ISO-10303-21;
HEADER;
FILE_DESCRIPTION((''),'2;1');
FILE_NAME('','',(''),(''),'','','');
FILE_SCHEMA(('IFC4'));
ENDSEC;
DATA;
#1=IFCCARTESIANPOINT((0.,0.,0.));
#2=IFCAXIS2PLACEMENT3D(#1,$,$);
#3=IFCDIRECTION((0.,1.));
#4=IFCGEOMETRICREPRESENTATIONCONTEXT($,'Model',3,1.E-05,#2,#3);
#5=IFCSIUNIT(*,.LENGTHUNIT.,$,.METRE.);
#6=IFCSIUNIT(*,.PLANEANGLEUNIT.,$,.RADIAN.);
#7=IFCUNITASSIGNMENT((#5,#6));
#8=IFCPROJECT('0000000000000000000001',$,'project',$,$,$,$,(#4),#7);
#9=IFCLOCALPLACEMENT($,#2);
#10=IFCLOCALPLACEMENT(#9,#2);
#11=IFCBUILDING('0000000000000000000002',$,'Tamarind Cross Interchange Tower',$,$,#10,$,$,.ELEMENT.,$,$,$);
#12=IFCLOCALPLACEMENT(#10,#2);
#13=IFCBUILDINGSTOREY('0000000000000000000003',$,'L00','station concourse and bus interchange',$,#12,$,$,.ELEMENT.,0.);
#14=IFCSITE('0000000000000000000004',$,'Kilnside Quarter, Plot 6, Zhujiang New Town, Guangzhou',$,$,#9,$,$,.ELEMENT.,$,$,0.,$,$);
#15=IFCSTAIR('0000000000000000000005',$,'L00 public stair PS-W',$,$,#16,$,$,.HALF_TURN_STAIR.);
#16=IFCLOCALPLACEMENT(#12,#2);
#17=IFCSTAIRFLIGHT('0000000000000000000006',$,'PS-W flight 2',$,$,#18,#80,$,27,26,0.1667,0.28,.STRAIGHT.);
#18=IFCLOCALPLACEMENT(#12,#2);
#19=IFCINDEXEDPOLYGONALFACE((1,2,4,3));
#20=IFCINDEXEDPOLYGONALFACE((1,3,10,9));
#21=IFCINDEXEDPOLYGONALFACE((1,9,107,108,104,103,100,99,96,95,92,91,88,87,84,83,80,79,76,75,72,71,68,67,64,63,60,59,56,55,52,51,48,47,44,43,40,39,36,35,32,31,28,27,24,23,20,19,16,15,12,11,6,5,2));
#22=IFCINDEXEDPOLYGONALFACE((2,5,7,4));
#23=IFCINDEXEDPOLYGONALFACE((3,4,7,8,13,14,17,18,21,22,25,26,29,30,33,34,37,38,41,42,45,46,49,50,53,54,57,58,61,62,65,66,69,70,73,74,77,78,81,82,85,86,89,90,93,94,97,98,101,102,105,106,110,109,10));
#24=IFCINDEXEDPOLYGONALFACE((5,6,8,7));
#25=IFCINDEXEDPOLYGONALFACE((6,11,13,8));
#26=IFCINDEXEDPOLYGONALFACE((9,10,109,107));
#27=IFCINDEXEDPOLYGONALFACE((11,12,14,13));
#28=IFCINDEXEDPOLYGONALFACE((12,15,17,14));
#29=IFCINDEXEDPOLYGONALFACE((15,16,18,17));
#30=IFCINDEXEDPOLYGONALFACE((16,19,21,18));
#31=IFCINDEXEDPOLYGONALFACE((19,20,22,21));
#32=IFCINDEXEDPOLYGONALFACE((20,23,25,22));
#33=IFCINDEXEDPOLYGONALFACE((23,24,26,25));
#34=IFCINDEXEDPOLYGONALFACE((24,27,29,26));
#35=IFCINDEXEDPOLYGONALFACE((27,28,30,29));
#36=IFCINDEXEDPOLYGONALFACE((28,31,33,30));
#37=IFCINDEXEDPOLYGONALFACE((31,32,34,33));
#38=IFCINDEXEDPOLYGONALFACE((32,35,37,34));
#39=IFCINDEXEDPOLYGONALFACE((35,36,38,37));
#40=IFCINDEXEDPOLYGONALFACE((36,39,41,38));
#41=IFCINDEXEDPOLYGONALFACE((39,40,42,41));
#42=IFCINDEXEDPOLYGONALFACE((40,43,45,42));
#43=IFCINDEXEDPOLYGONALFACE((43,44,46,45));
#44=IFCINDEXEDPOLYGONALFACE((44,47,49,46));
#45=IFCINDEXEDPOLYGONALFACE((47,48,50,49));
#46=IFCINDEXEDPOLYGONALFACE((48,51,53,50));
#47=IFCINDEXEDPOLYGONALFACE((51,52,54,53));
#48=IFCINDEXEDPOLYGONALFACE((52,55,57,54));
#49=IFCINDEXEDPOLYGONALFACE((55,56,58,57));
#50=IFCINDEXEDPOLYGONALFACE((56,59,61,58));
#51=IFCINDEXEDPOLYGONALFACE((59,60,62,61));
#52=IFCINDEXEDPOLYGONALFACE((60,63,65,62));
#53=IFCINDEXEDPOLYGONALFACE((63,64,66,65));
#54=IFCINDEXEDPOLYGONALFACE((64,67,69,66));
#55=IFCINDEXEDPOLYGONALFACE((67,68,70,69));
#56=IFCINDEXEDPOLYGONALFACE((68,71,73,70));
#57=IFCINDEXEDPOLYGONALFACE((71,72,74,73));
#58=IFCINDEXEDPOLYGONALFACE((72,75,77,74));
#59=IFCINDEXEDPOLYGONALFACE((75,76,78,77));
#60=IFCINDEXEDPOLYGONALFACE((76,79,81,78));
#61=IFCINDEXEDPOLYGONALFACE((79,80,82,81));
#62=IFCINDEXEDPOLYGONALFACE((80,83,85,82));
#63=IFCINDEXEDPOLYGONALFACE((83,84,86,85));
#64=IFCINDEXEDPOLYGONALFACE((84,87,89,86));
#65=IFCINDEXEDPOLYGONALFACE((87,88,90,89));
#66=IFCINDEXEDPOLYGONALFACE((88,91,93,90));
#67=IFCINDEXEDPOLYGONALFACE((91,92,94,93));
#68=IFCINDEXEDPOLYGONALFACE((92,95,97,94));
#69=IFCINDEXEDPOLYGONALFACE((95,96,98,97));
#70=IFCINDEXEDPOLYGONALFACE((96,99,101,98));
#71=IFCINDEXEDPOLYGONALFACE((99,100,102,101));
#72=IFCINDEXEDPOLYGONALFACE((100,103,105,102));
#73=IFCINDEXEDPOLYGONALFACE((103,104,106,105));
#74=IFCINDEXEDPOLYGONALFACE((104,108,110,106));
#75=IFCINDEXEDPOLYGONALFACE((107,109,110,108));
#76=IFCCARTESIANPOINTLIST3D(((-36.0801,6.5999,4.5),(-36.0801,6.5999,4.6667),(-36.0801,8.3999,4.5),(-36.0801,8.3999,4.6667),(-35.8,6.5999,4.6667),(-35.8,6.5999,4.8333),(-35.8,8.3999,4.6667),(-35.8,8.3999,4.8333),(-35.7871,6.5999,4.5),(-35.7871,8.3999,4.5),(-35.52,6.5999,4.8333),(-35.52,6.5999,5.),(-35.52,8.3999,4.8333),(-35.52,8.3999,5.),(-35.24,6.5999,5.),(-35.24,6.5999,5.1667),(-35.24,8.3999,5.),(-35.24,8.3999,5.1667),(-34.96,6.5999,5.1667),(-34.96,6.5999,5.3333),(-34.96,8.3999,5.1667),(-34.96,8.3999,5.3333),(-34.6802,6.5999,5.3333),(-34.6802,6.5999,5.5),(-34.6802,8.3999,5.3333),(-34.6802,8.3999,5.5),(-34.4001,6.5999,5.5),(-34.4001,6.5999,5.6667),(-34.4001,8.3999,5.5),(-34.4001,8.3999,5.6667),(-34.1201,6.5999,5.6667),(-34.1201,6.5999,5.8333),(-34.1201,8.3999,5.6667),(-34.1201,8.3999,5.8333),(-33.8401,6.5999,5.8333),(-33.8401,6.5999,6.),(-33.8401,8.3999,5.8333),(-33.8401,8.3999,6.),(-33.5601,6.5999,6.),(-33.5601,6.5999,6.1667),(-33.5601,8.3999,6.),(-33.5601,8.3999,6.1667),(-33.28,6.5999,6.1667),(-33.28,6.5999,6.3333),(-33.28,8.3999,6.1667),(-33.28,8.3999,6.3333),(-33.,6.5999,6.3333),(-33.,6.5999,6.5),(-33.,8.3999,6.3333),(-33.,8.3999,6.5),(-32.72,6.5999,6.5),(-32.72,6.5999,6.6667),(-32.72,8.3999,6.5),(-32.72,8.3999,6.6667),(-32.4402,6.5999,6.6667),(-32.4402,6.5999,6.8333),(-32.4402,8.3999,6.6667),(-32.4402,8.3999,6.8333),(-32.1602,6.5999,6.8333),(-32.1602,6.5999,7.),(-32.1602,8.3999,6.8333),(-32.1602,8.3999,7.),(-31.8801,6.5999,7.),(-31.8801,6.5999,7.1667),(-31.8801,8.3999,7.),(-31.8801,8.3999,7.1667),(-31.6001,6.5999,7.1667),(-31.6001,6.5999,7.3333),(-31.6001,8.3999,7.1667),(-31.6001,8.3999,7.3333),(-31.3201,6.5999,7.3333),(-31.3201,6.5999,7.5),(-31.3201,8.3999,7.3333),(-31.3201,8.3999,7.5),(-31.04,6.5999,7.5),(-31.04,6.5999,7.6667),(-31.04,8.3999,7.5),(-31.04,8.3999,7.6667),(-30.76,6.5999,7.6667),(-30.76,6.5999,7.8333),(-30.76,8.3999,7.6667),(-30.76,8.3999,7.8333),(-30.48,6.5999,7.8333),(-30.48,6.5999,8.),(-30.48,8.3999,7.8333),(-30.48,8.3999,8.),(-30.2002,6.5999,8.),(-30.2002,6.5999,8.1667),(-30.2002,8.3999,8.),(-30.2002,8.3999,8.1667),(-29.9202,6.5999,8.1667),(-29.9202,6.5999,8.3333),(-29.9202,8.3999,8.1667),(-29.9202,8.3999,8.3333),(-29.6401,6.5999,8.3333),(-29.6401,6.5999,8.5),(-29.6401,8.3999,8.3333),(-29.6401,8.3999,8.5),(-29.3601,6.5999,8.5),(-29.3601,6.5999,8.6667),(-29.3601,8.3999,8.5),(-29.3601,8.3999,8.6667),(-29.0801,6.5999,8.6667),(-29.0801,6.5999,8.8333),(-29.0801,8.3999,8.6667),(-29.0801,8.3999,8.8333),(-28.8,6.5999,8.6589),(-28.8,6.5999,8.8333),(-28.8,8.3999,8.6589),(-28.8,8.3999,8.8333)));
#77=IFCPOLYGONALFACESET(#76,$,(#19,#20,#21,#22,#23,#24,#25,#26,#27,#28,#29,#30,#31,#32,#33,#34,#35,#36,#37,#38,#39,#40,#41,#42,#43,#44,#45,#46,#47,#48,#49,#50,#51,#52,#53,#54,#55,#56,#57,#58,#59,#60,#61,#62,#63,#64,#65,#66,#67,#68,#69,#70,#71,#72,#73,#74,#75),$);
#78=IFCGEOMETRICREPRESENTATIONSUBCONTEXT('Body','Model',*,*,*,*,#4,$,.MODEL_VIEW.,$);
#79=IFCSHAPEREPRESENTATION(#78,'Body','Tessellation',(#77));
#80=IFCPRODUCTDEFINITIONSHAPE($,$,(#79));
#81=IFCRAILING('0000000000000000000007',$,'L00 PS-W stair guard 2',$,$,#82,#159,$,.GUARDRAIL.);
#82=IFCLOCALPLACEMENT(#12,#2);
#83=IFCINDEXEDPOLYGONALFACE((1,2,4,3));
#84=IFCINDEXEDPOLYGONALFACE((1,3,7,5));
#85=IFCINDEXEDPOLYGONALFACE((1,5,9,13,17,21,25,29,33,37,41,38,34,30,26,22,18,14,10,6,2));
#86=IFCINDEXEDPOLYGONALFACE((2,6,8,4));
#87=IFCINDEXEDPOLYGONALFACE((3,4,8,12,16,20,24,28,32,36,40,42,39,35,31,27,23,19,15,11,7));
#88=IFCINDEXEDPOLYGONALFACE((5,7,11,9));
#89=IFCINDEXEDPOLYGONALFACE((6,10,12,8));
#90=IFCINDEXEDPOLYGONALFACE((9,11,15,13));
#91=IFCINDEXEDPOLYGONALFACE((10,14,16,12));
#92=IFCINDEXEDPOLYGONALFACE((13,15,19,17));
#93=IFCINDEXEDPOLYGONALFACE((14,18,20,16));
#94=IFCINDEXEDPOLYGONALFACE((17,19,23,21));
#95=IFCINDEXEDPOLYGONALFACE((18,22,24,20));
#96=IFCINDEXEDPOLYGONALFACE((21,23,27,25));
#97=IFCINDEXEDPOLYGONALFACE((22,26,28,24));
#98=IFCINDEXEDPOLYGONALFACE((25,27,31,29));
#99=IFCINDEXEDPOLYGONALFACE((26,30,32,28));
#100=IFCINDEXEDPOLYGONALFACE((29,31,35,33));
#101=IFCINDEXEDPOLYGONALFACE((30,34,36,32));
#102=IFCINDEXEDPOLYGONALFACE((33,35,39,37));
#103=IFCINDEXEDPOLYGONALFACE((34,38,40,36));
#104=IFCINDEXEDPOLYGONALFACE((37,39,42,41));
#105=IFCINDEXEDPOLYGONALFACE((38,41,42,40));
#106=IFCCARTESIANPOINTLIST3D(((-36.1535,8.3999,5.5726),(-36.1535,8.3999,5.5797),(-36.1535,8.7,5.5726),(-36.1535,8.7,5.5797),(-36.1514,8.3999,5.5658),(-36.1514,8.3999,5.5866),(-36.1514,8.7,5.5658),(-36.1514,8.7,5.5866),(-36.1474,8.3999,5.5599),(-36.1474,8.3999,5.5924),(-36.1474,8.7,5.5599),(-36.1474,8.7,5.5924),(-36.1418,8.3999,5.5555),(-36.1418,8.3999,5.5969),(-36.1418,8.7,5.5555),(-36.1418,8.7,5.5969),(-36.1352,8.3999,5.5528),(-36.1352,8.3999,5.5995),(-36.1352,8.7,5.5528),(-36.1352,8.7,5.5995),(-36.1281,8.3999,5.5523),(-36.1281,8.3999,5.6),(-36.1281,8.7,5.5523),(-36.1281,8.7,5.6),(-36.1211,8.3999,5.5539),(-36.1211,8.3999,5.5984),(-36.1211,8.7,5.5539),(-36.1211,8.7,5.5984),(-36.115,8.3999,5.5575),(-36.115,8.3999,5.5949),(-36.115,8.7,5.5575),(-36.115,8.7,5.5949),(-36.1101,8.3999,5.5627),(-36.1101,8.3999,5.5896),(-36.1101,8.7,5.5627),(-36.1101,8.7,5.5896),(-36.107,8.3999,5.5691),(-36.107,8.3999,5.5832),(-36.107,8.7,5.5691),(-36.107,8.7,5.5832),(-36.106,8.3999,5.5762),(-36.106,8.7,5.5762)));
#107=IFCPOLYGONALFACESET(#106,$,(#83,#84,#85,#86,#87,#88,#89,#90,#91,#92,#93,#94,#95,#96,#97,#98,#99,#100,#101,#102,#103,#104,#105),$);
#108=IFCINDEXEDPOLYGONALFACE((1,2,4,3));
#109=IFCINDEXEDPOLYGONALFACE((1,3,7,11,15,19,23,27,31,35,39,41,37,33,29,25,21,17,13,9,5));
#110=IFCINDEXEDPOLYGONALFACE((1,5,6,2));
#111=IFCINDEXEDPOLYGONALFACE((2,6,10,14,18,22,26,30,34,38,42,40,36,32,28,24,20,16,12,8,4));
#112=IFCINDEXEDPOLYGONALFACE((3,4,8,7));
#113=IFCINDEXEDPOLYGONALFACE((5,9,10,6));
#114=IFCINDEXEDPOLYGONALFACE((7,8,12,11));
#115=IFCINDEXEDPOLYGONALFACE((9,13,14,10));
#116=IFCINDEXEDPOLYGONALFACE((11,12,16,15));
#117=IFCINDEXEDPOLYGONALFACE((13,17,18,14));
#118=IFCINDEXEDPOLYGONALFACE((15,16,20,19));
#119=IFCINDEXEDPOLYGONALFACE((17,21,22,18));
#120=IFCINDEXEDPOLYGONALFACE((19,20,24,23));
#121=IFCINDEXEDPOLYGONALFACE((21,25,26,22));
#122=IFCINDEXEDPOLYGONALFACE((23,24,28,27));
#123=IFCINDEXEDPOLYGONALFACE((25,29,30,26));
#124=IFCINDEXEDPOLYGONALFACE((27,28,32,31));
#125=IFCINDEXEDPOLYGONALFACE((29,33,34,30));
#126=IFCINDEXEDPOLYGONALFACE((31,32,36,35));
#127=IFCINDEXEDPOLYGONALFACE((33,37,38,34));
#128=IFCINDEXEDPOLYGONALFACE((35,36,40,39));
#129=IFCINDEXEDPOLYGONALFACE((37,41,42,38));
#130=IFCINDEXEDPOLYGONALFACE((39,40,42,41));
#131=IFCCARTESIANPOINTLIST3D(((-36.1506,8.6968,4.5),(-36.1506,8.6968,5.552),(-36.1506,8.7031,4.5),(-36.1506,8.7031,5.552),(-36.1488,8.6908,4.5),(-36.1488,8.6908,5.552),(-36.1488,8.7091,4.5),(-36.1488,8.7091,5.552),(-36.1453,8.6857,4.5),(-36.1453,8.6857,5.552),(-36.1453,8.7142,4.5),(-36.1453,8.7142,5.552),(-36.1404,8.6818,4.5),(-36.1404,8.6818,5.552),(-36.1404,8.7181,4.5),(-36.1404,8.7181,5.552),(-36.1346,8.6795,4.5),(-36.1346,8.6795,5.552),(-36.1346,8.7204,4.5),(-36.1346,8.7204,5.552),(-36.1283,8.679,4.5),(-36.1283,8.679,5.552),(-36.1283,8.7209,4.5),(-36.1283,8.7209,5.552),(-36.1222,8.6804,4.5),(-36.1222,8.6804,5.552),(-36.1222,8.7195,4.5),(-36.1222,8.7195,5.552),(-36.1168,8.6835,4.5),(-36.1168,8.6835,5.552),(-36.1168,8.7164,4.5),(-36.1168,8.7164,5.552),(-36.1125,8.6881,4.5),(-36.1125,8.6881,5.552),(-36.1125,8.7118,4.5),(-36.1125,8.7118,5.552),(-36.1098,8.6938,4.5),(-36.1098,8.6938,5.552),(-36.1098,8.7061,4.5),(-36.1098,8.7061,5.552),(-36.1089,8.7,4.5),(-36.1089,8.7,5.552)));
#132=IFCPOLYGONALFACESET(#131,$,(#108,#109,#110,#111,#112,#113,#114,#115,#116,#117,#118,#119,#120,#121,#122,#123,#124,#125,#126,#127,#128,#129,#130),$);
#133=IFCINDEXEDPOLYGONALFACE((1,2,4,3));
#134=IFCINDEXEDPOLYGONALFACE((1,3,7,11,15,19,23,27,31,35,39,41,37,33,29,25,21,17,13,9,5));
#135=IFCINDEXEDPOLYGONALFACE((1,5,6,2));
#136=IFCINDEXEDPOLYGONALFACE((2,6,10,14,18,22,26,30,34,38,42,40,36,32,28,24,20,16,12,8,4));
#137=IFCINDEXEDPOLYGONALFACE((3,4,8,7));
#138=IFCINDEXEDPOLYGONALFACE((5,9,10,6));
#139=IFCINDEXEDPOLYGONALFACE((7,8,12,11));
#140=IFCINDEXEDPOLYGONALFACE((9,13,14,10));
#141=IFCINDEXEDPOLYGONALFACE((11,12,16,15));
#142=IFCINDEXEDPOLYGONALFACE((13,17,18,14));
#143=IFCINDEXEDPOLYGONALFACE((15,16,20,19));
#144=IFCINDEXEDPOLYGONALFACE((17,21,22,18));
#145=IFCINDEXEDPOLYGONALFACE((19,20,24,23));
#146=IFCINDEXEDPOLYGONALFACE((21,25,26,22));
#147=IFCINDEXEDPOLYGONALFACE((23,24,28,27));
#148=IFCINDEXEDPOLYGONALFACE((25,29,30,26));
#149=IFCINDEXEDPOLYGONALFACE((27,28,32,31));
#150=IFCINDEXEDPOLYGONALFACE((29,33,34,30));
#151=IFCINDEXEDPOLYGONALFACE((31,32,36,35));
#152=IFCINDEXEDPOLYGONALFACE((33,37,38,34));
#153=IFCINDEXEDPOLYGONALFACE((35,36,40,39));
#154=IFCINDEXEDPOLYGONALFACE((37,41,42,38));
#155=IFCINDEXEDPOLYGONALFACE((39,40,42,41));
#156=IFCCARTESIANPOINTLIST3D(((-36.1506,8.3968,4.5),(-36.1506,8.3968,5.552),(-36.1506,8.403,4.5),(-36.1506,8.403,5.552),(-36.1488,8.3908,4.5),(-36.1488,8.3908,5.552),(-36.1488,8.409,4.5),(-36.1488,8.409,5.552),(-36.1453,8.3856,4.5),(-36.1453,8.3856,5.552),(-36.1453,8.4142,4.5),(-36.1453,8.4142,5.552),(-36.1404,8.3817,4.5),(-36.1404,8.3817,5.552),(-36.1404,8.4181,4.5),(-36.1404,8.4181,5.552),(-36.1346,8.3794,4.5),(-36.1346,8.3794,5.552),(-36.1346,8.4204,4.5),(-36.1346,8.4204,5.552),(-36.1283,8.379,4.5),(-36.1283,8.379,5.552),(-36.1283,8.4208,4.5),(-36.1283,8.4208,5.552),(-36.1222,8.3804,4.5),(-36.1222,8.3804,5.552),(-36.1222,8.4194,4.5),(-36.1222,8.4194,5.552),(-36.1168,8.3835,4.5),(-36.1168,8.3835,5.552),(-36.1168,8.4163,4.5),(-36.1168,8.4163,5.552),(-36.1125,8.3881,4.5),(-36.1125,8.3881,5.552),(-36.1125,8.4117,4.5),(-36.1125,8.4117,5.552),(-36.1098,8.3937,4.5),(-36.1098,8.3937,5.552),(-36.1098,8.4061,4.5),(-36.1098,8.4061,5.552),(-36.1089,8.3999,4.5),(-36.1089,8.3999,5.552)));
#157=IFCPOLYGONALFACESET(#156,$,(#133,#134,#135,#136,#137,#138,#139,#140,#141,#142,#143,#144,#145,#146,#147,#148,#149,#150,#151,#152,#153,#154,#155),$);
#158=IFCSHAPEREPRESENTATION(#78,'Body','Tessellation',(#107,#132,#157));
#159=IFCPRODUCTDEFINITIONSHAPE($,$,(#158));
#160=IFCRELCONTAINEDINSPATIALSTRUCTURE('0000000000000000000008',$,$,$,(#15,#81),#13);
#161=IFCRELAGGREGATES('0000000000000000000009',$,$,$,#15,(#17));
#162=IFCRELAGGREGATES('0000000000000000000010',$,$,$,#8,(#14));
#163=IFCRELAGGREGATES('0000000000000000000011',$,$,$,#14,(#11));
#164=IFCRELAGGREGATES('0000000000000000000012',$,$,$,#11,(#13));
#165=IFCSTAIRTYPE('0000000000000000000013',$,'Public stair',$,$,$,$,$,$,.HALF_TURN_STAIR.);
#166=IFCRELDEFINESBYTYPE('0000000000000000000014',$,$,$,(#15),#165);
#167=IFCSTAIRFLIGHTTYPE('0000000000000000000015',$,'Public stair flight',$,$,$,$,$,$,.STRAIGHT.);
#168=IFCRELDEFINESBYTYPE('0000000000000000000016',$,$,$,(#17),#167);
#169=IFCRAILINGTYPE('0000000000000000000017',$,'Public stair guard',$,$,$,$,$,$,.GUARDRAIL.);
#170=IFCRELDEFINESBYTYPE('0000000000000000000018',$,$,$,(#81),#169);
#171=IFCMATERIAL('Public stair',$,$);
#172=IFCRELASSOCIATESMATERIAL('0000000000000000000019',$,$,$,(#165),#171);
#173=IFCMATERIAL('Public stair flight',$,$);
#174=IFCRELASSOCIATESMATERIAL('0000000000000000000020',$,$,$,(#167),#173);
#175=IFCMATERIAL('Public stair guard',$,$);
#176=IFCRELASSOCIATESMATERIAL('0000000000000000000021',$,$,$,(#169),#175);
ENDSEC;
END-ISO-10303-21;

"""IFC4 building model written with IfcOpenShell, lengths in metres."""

from ifc_helpers import new_model, si_unit, direction, frame, origin, origin_2d, place, context, subcontext, project, spatial, polyline, circle, outline, extrude, material, type_object, element, aggregate, save


model = new_model("IFC4")

# Units and contexts
model_context = context("Model", 3, precision=1e-05, world=origin(), true_north=direction((0.0, 1.0)))
body_context = subcontext(model_context, "Body", "Model", "MODEL_VIEW")
ifc_project = project(units=[si_unit("LENGTHUNIT", "METRE"), si_unit("PLANEANGLEUNIT", "RADIAN")], contexts=[model_context])

# Site, building, storey
site_placement = place(None, origin())
site = spatial("IfcSite", under=ifc_project, at=site_placement, Name="Kilnside Quarter, Plot 6, Zhujiang New Town, Guangzhou", CompositionType="ELEMENT", RefElevation=0.0)
building_placement = place(site_placement, origin())
building = spatial("IfcBuilding", under=site, at=building_placement, Name="Tamarind Cross Interchange Tower", CompositionType="ELEMENT")
storey_placement = place(building_placement, origin())
storey = spatial("IfcBuildingStorey", under=building, at=storey_placement, Name="L00", Description="station concourse and bus interchange", CompositionType="ELEMENT", Elevation=0.0)

# Stair, stair flight
ifc_material_1 = material(Name="Public stair")
stair_type_1 = type_object("IfcStairType", Name="Public stair", PredefinedType="HALF_TURN_STAIR", material=ifc_material_1)
stair_1_placement = place(storey_placement, origin())
stair_1 = element("IfcStair", 1, at=stair_1_placement, inside=storey, type_object=stair_type_1, Name="L00 public stair PS-W", PredefinedType="HALF_TURN_STAIR")
ifc_material_2 = material(Name="Public stair flight")
stair_flight_type_1 = type_object("IfcStairFlightType", Name="Public stair flight", PredefinedType="STRAIGHT", material=ifc_material_2)
stair_flight_1_placement = place(storey_placement, frame((-36.0801, 7.5, 4.5), z_axis=(0.0, 0.0, 1.0), x_axis=(1.0, 0.0, 0.0)))
stair_flight_1 = element("IfcStairFlight", 2, at=stair_flight_1_placement, type_object=stair_flight_type_1, Name="PS-W flight 2", NumberOfRisers=27, NumberOfTreads=26, PredefinedType="STRAIGHT", RiserHeight=0.1667, TreadLength=0.28, context=body_context, shape_type="SweptSolid", body=[
    extrude(outline(polyline([(0.0, 0.0), (0.0, 0.1667), (0.28, 0.1667), (0.28, 0.3333), (0.5601, 0.3333), (0.5601, 0.5), (0.8401, 0.5), (0.8401, 0.6667), (1.1201, 0.6667), (1.1201, 0.8333), (1.3999, 0.8333), (1.3999, 1.0), (1.6799, 1.0), (1.6799, 1.1667), (1.96, 1.1667), (1.96, 1.3333), (2.24, 1.3333), (2.24, 1.5), (2.52, 1.5), (2.52, 1.6667), (2.8, 1.6667), (2.8, 1.8333), (3.0801, 1.8333), (3.0801, 2.0), (3.3601, 2.0), (3.3601, 2.1667), (3.6399, 2.1667), (3.6399, 2.3333), (3.9199, 2.3333), (3.9199, 2.5), (4.2, 2.5), (4.2, 2.6667), (4.48, 2.6667), (4.48, 2.8333), (4.76, 2.8333), (4.76, 3.0), (5.04, 3.0), (5.04, 3.1667), (5.3201, 3.1667), (5.3201, 3.3333), (5.6001, 3.3333), (5.6001, 3.5), (5.8799, 3.5), (5.8799, 3.6667), (6.1599, 3.6667), (6.1599, 3.8333), (6.4399, 3.8333), (6.4399, 4.0), (6.72, 4.0), (6.72, 4.1667), (7.0, 4.1667), (7.0, 4.3333), (7.28, 4.3333), (7.28, 4.5), (7.28, 4.1589), (0.293, 0.0), (0.0, 0.0)])), frame((0.0, 0.8999, 0.0), z_axis=(0.0, -1.0, 0.0), x_axis=(1.0, 0.0, 0.0)), (0.0, 0.0, 1.0), 1.8),
])
aggregate(stair_1, [stair_flight_1])

# Railing
ifc_material_3 = material(Name="Public stair guard")
railing_type_1 = type_object("IfcRailingType", Name="Public stair guard", PredefinedType="GUARDRAIL", material=ifc_material_3)
railing_1_placement = place(storey_placement, frame((-36.1299, 8.7, 4.5)))
element("IfcRailing", 3, at=railing_1_placement, inside=storey, type_object=railing_type_1, Name="L00 PS-W stair guard 2", PredefinedType="GUARDRAIL", context=body_context, shape_type="SweptSolid", body=[
    extrude(circle(Radius=0.0239, at=origin_2d()), frame((0.0, 0.0, 1.0762), z_axis=(0.0, -1.0, 0.0), x_axis=(1.0, 0.0, 0.0)), (0.0, 0.0, 1.0), 0.3),
    extrude(circle(Radius=0.021, at=origin_2d()), origin(), (0.0, 0.0, 1.0), 1.052),
    extrude(circle(Radius=0.021, at=origin_2d()), frame((0.0, -0.3, 0.0)), (0.0, 0.0, 1.0), 1.052),
])

save(model, "model.ifc")
